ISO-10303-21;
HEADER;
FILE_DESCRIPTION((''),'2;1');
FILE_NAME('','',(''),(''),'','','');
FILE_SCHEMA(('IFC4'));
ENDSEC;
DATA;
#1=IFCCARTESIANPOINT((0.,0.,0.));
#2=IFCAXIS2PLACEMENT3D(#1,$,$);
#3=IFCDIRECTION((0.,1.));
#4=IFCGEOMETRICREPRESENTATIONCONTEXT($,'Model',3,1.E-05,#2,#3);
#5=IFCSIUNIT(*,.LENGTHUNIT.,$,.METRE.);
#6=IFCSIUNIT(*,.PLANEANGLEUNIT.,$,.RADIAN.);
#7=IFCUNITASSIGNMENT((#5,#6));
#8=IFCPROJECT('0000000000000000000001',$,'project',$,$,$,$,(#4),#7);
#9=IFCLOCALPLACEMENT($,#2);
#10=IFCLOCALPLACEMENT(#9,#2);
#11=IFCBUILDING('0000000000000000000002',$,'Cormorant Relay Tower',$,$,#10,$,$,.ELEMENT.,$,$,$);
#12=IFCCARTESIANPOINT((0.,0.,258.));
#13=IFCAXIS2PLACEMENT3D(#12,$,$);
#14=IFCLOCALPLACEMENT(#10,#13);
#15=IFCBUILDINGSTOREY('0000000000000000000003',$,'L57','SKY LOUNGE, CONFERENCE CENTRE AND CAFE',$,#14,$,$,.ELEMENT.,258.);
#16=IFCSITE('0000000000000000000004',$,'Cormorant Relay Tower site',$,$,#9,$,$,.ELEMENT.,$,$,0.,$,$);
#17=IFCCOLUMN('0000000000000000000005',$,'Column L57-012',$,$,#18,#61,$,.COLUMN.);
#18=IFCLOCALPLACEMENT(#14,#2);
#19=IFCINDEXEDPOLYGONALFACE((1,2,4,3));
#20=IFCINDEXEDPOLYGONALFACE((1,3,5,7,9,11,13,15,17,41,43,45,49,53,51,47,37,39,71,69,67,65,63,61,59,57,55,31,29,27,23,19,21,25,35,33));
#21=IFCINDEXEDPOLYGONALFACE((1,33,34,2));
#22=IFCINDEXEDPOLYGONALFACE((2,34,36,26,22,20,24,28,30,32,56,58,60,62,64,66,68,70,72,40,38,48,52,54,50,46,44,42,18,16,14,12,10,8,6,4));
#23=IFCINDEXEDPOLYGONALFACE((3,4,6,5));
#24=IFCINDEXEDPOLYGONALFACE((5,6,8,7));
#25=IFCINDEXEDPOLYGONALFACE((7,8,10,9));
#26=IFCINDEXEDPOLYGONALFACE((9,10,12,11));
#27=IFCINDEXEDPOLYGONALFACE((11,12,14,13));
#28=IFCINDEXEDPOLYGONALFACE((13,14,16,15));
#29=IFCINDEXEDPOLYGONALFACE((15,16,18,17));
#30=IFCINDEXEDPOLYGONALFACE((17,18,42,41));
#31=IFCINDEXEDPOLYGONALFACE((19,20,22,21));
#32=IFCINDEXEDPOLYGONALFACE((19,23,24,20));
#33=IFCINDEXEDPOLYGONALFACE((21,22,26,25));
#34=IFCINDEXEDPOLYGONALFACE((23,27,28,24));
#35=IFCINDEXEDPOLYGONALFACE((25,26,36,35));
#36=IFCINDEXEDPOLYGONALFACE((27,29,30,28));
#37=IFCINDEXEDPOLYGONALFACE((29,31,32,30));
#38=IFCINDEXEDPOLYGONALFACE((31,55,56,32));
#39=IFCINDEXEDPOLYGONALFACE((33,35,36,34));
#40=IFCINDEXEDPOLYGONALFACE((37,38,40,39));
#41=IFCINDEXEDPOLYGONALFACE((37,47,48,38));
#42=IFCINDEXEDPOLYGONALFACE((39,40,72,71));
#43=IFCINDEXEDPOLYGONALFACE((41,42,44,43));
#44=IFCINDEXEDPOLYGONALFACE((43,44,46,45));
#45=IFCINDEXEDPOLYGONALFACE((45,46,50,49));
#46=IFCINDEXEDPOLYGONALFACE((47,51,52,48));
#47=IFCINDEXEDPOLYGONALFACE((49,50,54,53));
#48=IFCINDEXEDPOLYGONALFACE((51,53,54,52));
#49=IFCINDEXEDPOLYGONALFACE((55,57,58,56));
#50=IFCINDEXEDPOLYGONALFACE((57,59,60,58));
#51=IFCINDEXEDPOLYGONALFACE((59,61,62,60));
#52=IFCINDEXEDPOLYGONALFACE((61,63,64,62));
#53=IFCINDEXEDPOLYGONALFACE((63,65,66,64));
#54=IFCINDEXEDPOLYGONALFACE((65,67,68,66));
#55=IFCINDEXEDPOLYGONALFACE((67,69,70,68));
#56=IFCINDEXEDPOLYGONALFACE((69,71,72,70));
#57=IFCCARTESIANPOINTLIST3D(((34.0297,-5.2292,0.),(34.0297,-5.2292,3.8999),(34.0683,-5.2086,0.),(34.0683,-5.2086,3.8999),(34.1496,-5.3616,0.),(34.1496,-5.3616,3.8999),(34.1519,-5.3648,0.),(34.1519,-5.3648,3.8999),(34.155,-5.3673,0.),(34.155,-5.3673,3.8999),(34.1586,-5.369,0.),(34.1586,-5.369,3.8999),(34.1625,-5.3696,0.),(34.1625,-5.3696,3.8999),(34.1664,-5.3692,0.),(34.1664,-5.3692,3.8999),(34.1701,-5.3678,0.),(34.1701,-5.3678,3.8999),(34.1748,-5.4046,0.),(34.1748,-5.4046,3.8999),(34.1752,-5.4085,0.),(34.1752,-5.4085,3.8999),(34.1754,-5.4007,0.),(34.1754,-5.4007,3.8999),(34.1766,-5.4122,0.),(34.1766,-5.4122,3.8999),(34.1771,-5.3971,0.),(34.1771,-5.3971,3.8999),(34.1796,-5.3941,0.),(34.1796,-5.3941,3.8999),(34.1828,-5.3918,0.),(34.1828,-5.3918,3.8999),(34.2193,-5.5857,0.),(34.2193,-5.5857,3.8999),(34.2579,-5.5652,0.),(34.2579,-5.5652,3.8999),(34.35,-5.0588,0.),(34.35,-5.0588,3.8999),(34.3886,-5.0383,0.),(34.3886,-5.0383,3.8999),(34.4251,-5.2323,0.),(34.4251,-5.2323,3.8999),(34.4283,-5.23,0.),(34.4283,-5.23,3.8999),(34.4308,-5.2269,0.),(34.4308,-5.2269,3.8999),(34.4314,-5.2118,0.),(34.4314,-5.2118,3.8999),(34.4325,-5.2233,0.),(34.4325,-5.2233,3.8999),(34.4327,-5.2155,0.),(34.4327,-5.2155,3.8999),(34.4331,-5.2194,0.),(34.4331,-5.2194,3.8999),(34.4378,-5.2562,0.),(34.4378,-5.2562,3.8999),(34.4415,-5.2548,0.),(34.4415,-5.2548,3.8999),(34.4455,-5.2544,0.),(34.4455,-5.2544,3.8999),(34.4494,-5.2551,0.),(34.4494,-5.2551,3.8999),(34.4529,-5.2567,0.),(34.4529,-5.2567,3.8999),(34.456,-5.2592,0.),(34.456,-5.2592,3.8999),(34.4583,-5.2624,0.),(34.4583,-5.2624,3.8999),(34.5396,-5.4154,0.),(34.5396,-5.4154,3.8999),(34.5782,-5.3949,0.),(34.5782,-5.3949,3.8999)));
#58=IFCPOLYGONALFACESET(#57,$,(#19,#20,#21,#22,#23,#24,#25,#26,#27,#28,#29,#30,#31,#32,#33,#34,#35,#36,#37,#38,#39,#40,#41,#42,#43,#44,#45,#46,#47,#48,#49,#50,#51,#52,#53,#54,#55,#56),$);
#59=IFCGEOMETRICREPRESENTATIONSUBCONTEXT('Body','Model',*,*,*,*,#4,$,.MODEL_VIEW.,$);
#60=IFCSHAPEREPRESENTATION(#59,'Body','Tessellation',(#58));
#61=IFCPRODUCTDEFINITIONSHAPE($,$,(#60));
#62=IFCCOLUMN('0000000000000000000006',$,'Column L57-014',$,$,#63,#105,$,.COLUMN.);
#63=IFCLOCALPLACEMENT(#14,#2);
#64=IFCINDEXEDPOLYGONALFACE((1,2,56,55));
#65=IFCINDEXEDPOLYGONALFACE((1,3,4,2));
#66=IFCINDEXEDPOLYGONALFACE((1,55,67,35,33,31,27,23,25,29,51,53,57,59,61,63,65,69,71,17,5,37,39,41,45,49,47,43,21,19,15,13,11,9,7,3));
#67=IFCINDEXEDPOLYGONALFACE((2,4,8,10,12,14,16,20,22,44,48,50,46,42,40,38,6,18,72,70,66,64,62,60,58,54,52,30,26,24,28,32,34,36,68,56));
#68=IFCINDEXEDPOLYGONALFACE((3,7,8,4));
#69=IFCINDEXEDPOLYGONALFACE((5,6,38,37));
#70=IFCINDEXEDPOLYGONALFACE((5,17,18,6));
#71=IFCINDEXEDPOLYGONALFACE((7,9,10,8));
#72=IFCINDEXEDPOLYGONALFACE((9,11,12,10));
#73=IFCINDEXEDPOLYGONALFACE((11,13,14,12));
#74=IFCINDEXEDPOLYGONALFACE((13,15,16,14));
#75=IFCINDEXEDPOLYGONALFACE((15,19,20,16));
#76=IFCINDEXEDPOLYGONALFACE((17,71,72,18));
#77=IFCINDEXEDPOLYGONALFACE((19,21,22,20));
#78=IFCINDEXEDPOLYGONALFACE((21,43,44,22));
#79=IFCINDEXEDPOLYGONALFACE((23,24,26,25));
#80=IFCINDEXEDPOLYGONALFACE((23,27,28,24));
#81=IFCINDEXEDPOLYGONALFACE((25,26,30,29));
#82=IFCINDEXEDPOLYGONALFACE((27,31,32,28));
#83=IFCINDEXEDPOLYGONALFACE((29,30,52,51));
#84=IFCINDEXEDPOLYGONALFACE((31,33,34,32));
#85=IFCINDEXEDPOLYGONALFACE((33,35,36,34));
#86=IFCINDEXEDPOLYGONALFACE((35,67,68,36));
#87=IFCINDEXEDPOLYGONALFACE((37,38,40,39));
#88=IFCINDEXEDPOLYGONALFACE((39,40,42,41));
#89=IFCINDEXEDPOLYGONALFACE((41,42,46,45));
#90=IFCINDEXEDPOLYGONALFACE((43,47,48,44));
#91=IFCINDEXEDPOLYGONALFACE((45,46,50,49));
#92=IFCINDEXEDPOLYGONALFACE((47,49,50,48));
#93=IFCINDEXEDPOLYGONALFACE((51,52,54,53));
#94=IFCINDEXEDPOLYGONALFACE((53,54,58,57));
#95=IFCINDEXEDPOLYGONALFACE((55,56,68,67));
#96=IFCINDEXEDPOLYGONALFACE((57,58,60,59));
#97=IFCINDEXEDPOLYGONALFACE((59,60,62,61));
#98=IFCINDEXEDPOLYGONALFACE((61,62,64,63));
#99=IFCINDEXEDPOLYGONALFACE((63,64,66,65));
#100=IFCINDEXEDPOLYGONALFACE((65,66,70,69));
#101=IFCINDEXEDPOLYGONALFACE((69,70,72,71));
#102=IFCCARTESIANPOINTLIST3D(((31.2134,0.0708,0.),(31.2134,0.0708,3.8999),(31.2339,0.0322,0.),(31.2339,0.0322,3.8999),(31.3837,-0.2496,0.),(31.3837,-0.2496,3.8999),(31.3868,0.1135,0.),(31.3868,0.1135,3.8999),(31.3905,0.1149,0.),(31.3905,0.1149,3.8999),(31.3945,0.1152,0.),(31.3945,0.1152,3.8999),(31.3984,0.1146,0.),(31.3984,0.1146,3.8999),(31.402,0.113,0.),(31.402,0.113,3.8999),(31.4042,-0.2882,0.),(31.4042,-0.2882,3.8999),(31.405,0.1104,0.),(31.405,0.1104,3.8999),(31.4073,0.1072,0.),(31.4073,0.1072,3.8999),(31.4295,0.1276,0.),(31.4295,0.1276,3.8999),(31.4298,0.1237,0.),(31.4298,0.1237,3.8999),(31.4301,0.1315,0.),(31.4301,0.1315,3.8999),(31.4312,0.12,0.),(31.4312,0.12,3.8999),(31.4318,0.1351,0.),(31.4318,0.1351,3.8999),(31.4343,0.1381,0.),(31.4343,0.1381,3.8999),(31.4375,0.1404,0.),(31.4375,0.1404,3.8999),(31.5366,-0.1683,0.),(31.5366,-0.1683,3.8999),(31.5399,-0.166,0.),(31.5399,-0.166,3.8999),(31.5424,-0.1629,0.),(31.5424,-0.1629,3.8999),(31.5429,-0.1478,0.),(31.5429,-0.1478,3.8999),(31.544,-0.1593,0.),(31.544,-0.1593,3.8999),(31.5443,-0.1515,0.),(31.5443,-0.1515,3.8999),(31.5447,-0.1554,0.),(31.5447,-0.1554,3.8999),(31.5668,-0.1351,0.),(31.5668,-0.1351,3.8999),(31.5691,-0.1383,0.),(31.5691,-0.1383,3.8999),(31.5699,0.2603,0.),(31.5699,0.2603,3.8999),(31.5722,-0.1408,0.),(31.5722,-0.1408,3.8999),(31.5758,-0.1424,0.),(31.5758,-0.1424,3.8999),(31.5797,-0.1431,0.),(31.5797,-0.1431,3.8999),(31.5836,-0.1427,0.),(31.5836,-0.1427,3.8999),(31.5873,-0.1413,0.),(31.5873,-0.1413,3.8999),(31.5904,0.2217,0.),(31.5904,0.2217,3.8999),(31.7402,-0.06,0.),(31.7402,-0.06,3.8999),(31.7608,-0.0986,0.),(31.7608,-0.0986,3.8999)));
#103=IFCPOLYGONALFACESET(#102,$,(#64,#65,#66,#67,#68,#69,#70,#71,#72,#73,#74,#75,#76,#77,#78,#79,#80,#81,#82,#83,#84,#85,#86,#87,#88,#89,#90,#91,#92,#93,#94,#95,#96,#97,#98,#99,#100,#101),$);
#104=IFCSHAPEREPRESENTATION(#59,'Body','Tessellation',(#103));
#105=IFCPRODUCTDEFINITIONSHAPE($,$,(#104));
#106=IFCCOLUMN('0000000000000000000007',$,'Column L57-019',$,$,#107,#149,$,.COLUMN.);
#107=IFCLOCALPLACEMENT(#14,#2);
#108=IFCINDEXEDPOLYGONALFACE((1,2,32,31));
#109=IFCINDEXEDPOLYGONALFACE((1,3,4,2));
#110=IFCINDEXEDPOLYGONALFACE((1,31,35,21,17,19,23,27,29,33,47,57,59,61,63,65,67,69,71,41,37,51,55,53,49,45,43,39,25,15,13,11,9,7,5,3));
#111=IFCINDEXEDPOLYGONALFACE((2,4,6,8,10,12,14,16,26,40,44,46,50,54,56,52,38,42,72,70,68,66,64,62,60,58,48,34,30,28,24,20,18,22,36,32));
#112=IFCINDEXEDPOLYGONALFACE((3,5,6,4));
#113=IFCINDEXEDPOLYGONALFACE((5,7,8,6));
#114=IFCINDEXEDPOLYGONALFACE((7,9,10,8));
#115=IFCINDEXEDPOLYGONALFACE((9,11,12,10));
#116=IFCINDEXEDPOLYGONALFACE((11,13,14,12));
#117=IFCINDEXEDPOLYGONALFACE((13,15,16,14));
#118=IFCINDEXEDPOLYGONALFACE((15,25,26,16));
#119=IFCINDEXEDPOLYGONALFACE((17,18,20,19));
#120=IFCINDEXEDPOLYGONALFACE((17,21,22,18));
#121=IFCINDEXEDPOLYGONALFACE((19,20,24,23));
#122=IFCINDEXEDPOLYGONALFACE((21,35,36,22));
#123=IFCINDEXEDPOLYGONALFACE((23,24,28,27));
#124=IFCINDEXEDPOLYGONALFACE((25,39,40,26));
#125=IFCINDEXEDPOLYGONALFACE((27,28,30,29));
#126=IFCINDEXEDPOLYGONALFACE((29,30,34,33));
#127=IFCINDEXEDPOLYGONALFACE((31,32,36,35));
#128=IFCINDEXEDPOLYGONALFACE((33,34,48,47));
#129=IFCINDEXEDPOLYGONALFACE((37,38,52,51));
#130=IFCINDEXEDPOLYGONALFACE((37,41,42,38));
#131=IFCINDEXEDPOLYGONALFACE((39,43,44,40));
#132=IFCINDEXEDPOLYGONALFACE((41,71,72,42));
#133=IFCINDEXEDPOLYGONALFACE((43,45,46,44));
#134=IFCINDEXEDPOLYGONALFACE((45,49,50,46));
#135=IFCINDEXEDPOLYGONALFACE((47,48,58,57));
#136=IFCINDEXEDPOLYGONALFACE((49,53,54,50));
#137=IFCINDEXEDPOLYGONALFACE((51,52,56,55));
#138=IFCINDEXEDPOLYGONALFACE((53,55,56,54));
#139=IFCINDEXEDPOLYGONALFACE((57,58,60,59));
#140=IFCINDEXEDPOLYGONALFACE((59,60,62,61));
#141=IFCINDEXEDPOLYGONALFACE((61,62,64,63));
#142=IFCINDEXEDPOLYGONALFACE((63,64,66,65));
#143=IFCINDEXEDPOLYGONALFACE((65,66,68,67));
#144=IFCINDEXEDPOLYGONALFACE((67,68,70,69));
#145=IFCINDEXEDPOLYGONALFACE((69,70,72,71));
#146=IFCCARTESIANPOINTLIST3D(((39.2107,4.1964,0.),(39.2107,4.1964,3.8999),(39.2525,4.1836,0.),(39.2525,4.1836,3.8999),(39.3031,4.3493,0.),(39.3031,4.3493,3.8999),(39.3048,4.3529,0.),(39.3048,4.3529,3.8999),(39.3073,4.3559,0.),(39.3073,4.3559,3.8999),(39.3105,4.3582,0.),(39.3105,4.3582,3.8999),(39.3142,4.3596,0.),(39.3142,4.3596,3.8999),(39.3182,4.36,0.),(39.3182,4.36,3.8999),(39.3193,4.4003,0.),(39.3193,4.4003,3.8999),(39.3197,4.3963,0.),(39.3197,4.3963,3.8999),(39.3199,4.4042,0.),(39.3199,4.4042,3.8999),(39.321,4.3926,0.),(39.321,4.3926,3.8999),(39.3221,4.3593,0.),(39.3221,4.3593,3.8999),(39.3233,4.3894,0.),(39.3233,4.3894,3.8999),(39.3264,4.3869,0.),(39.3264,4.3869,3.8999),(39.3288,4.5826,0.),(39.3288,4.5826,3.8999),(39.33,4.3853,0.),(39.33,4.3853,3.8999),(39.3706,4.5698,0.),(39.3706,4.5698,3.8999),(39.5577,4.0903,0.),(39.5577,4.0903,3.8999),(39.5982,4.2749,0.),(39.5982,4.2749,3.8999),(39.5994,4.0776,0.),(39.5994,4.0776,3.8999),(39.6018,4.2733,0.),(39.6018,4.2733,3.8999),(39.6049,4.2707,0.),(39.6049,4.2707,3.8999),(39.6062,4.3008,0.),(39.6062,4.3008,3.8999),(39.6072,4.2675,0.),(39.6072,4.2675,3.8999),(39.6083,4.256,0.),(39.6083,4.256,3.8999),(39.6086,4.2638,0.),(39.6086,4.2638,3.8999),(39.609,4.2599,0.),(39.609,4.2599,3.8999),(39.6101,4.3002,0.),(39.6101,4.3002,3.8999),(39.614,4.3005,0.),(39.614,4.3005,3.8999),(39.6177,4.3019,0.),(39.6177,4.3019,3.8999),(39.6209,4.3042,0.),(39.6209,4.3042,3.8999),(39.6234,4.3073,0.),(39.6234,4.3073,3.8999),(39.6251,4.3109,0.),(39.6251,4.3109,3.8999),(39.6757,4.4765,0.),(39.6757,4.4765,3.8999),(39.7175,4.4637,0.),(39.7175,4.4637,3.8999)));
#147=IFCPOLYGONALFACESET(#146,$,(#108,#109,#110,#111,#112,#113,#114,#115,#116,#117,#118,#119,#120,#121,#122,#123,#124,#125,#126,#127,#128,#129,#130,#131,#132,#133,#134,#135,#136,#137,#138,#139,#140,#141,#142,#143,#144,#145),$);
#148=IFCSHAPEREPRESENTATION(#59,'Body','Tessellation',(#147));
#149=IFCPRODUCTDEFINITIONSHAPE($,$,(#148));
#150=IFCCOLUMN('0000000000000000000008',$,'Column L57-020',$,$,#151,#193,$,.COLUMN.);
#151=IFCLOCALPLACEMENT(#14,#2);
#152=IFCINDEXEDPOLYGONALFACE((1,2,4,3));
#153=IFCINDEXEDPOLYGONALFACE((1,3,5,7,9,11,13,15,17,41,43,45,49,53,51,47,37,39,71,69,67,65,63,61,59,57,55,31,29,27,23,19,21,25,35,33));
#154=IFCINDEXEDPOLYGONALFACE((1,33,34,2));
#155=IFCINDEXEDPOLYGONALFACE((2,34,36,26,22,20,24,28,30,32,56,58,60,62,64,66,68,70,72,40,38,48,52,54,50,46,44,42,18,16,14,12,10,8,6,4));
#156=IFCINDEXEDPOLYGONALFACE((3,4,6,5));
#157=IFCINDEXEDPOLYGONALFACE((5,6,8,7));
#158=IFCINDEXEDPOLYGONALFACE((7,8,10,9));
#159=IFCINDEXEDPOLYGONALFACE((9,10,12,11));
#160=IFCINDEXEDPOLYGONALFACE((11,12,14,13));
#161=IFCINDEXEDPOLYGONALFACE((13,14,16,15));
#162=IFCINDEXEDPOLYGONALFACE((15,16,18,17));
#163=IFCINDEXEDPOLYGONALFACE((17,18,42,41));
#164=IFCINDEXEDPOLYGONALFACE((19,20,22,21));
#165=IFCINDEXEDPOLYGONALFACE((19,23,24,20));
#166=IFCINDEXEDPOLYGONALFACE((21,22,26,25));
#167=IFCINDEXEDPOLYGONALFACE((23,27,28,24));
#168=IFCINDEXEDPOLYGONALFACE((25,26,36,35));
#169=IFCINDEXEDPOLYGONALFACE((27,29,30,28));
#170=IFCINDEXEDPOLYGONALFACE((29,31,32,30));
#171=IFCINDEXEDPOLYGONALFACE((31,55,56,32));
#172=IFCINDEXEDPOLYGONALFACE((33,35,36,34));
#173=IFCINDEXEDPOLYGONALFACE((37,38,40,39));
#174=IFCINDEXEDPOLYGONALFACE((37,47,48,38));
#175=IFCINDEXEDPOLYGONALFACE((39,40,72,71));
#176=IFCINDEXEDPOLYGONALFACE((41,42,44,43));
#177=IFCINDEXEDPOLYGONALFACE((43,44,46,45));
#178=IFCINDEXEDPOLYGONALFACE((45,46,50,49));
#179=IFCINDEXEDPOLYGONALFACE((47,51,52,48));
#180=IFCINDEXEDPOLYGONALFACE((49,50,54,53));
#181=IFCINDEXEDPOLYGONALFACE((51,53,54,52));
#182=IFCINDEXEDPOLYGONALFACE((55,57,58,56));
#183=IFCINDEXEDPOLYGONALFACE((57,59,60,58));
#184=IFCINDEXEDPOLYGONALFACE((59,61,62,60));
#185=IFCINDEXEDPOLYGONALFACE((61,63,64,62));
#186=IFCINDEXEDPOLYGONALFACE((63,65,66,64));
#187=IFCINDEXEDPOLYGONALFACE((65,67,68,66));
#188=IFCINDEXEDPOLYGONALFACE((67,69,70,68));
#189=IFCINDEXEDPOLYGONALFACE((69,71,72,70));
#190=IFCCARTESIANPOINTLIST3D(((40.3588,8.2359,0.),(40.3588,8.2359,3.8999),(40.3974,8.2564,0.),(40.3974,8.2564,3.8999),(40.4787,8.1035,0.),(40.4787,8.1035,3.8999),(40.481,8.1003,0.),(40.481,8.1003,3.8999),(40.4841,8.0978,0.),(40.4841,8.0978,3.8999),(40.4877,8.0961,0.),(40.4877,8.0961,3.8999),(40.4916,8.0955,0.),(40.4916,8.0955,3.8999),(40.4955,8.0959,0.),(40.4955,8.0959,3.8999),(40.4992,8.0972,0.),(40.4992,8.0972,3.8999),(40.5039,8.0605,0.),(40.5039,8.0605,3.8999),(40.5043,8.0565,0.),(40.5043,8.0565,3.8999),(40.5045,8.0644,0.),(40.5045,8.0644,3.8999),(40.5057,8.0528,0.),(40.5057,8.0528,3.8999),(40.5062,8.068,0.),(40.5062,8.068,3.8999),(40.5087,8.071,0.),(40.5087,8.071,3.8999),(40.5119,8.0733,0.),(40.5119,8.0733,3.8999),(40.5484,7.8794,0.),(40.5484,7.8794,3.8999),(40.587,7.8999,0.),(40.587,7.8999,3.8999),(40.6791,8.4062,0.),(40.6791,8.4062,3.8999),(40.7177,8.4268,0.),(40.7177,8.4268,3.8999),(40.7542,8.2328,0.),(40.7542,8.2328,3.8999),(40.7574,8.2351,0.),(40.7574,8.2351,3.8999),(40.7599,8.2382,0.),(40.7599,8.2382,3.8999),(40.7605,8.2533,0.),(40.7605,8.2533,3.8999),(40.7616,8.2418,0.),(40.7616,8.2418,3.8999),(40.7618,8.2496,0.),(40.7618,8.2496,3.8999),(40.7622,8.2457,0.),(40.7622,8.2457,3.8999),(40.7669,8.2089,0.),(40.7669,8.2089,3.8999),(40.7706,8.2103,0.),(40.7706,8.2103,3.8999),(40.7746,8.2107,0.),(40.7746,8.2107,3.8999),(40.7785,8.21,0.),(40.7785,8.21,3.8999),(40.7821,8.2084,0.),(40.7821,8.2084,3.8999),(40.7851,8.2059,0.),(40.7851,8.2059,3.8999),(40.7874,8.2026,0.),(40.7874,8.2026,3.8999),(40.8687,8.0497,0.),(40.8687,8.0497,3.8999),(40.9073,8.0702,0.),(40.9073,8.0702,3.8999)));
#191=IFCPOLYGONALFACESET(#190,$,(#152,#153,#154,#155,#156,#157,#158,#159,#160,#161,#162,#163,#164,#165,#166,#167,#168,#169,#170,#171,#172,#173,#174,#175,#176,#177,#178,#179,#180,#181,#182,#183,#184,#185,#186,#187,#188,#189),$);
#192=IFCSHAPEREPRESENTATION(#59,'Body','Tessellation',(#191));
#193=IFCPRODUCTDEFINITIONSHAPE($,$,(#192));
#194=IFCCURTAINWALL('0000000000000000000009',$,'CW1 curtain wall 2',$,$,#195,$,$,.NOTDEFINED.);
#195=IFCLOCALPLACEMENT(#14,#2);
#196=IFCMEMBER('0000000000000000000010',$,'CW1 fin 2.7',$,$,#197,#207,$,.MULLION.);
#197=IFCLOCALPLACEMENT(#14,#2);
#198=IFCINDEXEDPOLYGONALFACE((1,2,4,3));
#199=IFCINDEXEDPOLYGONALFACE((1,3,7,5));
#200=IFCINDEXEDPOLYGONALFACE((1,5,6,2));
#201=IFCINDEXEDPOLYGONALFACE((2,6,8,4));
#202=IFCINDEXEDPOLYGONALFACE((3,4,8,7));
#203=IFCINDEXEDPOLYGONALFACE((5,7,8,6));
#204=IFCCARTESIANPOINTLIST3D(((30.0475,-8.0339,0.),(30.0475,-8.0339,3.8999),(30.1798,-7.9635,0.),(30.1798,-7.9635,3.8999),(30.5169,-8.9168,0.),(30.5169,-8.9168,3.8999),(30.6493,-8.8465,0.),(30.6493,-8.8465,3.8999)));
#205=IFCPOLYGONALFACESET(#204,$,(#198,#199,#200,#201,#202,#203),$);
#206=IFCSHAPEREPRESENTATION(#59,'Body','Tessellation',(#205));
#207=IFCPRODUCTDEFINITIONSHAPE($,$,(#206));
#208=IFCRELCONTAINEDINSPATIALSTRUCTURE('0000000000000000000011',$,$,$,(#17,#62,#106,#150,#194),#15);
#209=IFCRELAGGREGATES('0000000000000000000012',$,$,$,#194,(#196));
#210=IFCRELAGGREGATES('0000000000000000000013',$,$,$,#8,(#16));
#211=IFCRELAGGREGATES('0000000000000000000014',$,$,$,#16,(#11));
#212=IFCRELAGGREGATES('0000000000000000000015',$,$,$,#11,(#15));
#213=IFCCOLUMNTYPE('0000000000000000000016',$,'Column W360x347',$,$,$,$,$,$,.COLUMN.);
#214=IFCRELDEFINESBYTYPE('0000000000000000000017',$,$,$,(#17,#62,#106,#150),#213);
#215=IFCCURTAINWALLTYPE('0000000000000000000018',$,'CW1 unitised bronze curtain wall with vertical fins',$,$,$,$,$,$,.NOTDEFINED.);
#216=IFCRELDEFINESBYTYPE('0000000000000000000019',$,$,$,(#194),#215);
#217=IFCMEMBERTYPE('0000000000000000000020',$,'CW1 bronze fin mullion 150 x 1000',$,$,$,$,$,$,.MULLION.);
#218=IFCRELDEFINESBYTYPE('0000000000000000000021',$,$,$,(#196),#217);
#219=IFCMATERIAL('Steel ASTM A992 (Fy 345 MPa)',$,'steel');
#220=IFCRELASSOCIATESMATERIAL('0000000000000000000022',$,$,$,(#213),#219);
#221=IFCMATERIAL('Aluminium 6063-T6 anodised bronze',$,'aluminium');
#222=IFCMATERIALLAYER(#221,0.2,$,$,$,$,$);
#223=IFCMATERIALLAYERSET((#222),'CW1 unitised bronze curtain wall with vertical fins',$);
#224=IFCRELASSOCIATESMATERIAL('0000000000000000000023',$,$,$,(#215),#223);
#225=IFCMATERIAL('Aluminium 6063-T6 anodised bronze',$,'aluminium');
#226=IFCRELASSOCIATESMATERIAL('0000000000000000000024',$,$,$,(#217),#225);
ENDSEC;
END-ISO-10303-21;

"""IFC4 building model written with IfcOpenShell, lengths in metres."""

from ifc_helpers import new_model, si_unit, direction, frame, origin, origin_2d, place, context, subcontext, project, spatial, rectangle, i_section, extrude, material, layer, layer_set, material_profile, profile_set, type_object, element, aggregate, save


model = new_model("IFC4")

# Units and contexts
model_context = context("Model", 3, precision=1e-05, world=origin(), true_north=direction((0.0, 1.0)))
body_context = subcontext(model_context, "Body", "Model", "MODEL_VIEW")
ifc_project = project(units=[si_unit("LENGTHUNIT", "METRE"), si_unit("PLANEANGLEUNIT", "RADIAN")], contexts=[model_context])

# Site, building, storey
site_placement = place(None, origin())
site = spatial("IfcSite", under=ifc_project, at=site_placement, Name="Cormorant Relay Tower site", CompositionType="ELEMENT", RefElevation=0.0)
building_placement = place(site_placement, origin())
building = spatial("IfcBuilding", under=site, at=building_placement, Name="Cormorant Relay Tower", CompositionType="ELEMENT")
storey_placement = place(building_placement, frame((0.0, 0.0, 258.0)))
storey = spatial("IfcBuildingStorey", under=building, at=storey_placement, Name="L57", Description="SKY LOUNGE, CONFERENCE CENTRE AND CAFE", CompositionType="ELEMENT", Elevation=258.0)

# Columns
ifc_material_1 = material(Name="Steel ASTM A992 (Fy 345 MPa)", Category="steel")
ifc_material_profile_1 = material_profile(ifc_material_1, i_section(OverallWidth=0.4038, OverallDepth=0.4065, WebThickness=0.0271, FlangeThickness=0.0437, FilletRadius=0.0151, at=origin_2d()), Name="W360x347")
ifc_profile_set_1 = profile_set([ifc_material_profile_1], Name="Steel ASTM A992 (Fy 345 MPa)")
column_type = type_object("IfcColumnType", Name="Column W360x347", PredefinedType="COLUMN", material=ifc_profile_set_1)
for number, where, z_axis, x_axis, name in (
    (1, (34.304, -5.312, 0.0), (0.0, 0.0, 1.0), (-0.469472, 0.882948, 0.0), "Column L57-012"),
    (2, (31.4871, -0.0139, 0.0), (0.0, 0.0, 1.0), (0.882948, 0.469472, 0.0), "Column L57-014"),
    (3, (39.4641, 4.3301, 0.0), (0.0, 0.0, 1.0), (0.292372, 0.956305, 0.0), "Column L57-019"),
    (4, (40.6331, 8.1531, 0.0), (0.0, 0.0, 1.0), (-0.469472, 0.882948, 0.0), "Column L57-020"),
):
    element("IfcColumn", number, at=place(storey_placement, frame(where, z_axis=z_axis, x_axis=x_axis)), inside=storey, type_object=column_type, Name=name, PredefinedType="COLUMN", context=body_context, shape_type="SweptSolid", body=[
        extrude(i_section(OverallWidth=0.4038, OverallDepth=0.4065, WebThickness=0.0271, FlangeThickness=0.0437, FilletRadius=0.0151, at=origin_2d()), origin(), (0.0, 0.0, 1.0), 3.8999),
    ])

# Curtain wall, member
ifc_material_2 = material(Name="Aluminium 6063-T6 anodised bronze", Category="aluminium")
ifc_layer_1 = layer(ifc_material_2, 0.2)
ifc_layer_set_1 = layer_set([ifc_layer_1], Name="CW1 unitised bronze curtain wall with vertical fins")
curtain_wall_type = type_object("IfcCurtainWallType", Name="CW1 unitised bronze curtain wall with vertical fins", PredefinedType="NOTDEFINED", material=ifc_layer_set_1)
curtain_wall_1_placement = place(storey_placement, origin())
curtain_wall_1 = element("IfcCurtainWall", 5, at=curtain_wall_1_placement, inside=storey, type_object=curtain_wall_type, Name="CW1 curtain wall 2", PredefinedType="NOTDEFINED")
ifc_material_3 = material(Name="Aluminium 6063-T6 anodised bronze", Category="aluminium")
ifc_material_profile_2 = material_profile(ifc_material_3, rectangle(XDim=0.1499, YDim=1.0, at=origin_2d()), Name="AL 150x1000")
ifc_profile_set_2 = profile_set([ifc_material_profile_2], Name="Aluminium 6063-T6 anodised bronze")
member_type_1 = type_object("IfcMemberType", Name="CW1 bronze fin mullion 150 x 1000", PredefinedType="MULLION", material=ifc_profile_set_2)
member_1_placement = place(storey_placement, frame((30.3484, -8.4402, 0.0), z_axis=(0.0, 0.0, 1.0), x_axis=(0.882948, 0.469472, 0.0)))
member_1 = element("IfcMember", 6, at=member_1_placement, type_object=member_type_1, Name="CW1 fin 2.7", PredefinedType="MULLION", context=body_context, shape_type="SweptSolid", body=[
    extrude(rectangle(XDim=0.1499, YDim=1.0, at=origin_2d()), origin(), (0.0, 0.0, 1.0), 3.8999),
])

aggregate(curtain_wall_1, [member_1])

save(model, "model.ifc")
